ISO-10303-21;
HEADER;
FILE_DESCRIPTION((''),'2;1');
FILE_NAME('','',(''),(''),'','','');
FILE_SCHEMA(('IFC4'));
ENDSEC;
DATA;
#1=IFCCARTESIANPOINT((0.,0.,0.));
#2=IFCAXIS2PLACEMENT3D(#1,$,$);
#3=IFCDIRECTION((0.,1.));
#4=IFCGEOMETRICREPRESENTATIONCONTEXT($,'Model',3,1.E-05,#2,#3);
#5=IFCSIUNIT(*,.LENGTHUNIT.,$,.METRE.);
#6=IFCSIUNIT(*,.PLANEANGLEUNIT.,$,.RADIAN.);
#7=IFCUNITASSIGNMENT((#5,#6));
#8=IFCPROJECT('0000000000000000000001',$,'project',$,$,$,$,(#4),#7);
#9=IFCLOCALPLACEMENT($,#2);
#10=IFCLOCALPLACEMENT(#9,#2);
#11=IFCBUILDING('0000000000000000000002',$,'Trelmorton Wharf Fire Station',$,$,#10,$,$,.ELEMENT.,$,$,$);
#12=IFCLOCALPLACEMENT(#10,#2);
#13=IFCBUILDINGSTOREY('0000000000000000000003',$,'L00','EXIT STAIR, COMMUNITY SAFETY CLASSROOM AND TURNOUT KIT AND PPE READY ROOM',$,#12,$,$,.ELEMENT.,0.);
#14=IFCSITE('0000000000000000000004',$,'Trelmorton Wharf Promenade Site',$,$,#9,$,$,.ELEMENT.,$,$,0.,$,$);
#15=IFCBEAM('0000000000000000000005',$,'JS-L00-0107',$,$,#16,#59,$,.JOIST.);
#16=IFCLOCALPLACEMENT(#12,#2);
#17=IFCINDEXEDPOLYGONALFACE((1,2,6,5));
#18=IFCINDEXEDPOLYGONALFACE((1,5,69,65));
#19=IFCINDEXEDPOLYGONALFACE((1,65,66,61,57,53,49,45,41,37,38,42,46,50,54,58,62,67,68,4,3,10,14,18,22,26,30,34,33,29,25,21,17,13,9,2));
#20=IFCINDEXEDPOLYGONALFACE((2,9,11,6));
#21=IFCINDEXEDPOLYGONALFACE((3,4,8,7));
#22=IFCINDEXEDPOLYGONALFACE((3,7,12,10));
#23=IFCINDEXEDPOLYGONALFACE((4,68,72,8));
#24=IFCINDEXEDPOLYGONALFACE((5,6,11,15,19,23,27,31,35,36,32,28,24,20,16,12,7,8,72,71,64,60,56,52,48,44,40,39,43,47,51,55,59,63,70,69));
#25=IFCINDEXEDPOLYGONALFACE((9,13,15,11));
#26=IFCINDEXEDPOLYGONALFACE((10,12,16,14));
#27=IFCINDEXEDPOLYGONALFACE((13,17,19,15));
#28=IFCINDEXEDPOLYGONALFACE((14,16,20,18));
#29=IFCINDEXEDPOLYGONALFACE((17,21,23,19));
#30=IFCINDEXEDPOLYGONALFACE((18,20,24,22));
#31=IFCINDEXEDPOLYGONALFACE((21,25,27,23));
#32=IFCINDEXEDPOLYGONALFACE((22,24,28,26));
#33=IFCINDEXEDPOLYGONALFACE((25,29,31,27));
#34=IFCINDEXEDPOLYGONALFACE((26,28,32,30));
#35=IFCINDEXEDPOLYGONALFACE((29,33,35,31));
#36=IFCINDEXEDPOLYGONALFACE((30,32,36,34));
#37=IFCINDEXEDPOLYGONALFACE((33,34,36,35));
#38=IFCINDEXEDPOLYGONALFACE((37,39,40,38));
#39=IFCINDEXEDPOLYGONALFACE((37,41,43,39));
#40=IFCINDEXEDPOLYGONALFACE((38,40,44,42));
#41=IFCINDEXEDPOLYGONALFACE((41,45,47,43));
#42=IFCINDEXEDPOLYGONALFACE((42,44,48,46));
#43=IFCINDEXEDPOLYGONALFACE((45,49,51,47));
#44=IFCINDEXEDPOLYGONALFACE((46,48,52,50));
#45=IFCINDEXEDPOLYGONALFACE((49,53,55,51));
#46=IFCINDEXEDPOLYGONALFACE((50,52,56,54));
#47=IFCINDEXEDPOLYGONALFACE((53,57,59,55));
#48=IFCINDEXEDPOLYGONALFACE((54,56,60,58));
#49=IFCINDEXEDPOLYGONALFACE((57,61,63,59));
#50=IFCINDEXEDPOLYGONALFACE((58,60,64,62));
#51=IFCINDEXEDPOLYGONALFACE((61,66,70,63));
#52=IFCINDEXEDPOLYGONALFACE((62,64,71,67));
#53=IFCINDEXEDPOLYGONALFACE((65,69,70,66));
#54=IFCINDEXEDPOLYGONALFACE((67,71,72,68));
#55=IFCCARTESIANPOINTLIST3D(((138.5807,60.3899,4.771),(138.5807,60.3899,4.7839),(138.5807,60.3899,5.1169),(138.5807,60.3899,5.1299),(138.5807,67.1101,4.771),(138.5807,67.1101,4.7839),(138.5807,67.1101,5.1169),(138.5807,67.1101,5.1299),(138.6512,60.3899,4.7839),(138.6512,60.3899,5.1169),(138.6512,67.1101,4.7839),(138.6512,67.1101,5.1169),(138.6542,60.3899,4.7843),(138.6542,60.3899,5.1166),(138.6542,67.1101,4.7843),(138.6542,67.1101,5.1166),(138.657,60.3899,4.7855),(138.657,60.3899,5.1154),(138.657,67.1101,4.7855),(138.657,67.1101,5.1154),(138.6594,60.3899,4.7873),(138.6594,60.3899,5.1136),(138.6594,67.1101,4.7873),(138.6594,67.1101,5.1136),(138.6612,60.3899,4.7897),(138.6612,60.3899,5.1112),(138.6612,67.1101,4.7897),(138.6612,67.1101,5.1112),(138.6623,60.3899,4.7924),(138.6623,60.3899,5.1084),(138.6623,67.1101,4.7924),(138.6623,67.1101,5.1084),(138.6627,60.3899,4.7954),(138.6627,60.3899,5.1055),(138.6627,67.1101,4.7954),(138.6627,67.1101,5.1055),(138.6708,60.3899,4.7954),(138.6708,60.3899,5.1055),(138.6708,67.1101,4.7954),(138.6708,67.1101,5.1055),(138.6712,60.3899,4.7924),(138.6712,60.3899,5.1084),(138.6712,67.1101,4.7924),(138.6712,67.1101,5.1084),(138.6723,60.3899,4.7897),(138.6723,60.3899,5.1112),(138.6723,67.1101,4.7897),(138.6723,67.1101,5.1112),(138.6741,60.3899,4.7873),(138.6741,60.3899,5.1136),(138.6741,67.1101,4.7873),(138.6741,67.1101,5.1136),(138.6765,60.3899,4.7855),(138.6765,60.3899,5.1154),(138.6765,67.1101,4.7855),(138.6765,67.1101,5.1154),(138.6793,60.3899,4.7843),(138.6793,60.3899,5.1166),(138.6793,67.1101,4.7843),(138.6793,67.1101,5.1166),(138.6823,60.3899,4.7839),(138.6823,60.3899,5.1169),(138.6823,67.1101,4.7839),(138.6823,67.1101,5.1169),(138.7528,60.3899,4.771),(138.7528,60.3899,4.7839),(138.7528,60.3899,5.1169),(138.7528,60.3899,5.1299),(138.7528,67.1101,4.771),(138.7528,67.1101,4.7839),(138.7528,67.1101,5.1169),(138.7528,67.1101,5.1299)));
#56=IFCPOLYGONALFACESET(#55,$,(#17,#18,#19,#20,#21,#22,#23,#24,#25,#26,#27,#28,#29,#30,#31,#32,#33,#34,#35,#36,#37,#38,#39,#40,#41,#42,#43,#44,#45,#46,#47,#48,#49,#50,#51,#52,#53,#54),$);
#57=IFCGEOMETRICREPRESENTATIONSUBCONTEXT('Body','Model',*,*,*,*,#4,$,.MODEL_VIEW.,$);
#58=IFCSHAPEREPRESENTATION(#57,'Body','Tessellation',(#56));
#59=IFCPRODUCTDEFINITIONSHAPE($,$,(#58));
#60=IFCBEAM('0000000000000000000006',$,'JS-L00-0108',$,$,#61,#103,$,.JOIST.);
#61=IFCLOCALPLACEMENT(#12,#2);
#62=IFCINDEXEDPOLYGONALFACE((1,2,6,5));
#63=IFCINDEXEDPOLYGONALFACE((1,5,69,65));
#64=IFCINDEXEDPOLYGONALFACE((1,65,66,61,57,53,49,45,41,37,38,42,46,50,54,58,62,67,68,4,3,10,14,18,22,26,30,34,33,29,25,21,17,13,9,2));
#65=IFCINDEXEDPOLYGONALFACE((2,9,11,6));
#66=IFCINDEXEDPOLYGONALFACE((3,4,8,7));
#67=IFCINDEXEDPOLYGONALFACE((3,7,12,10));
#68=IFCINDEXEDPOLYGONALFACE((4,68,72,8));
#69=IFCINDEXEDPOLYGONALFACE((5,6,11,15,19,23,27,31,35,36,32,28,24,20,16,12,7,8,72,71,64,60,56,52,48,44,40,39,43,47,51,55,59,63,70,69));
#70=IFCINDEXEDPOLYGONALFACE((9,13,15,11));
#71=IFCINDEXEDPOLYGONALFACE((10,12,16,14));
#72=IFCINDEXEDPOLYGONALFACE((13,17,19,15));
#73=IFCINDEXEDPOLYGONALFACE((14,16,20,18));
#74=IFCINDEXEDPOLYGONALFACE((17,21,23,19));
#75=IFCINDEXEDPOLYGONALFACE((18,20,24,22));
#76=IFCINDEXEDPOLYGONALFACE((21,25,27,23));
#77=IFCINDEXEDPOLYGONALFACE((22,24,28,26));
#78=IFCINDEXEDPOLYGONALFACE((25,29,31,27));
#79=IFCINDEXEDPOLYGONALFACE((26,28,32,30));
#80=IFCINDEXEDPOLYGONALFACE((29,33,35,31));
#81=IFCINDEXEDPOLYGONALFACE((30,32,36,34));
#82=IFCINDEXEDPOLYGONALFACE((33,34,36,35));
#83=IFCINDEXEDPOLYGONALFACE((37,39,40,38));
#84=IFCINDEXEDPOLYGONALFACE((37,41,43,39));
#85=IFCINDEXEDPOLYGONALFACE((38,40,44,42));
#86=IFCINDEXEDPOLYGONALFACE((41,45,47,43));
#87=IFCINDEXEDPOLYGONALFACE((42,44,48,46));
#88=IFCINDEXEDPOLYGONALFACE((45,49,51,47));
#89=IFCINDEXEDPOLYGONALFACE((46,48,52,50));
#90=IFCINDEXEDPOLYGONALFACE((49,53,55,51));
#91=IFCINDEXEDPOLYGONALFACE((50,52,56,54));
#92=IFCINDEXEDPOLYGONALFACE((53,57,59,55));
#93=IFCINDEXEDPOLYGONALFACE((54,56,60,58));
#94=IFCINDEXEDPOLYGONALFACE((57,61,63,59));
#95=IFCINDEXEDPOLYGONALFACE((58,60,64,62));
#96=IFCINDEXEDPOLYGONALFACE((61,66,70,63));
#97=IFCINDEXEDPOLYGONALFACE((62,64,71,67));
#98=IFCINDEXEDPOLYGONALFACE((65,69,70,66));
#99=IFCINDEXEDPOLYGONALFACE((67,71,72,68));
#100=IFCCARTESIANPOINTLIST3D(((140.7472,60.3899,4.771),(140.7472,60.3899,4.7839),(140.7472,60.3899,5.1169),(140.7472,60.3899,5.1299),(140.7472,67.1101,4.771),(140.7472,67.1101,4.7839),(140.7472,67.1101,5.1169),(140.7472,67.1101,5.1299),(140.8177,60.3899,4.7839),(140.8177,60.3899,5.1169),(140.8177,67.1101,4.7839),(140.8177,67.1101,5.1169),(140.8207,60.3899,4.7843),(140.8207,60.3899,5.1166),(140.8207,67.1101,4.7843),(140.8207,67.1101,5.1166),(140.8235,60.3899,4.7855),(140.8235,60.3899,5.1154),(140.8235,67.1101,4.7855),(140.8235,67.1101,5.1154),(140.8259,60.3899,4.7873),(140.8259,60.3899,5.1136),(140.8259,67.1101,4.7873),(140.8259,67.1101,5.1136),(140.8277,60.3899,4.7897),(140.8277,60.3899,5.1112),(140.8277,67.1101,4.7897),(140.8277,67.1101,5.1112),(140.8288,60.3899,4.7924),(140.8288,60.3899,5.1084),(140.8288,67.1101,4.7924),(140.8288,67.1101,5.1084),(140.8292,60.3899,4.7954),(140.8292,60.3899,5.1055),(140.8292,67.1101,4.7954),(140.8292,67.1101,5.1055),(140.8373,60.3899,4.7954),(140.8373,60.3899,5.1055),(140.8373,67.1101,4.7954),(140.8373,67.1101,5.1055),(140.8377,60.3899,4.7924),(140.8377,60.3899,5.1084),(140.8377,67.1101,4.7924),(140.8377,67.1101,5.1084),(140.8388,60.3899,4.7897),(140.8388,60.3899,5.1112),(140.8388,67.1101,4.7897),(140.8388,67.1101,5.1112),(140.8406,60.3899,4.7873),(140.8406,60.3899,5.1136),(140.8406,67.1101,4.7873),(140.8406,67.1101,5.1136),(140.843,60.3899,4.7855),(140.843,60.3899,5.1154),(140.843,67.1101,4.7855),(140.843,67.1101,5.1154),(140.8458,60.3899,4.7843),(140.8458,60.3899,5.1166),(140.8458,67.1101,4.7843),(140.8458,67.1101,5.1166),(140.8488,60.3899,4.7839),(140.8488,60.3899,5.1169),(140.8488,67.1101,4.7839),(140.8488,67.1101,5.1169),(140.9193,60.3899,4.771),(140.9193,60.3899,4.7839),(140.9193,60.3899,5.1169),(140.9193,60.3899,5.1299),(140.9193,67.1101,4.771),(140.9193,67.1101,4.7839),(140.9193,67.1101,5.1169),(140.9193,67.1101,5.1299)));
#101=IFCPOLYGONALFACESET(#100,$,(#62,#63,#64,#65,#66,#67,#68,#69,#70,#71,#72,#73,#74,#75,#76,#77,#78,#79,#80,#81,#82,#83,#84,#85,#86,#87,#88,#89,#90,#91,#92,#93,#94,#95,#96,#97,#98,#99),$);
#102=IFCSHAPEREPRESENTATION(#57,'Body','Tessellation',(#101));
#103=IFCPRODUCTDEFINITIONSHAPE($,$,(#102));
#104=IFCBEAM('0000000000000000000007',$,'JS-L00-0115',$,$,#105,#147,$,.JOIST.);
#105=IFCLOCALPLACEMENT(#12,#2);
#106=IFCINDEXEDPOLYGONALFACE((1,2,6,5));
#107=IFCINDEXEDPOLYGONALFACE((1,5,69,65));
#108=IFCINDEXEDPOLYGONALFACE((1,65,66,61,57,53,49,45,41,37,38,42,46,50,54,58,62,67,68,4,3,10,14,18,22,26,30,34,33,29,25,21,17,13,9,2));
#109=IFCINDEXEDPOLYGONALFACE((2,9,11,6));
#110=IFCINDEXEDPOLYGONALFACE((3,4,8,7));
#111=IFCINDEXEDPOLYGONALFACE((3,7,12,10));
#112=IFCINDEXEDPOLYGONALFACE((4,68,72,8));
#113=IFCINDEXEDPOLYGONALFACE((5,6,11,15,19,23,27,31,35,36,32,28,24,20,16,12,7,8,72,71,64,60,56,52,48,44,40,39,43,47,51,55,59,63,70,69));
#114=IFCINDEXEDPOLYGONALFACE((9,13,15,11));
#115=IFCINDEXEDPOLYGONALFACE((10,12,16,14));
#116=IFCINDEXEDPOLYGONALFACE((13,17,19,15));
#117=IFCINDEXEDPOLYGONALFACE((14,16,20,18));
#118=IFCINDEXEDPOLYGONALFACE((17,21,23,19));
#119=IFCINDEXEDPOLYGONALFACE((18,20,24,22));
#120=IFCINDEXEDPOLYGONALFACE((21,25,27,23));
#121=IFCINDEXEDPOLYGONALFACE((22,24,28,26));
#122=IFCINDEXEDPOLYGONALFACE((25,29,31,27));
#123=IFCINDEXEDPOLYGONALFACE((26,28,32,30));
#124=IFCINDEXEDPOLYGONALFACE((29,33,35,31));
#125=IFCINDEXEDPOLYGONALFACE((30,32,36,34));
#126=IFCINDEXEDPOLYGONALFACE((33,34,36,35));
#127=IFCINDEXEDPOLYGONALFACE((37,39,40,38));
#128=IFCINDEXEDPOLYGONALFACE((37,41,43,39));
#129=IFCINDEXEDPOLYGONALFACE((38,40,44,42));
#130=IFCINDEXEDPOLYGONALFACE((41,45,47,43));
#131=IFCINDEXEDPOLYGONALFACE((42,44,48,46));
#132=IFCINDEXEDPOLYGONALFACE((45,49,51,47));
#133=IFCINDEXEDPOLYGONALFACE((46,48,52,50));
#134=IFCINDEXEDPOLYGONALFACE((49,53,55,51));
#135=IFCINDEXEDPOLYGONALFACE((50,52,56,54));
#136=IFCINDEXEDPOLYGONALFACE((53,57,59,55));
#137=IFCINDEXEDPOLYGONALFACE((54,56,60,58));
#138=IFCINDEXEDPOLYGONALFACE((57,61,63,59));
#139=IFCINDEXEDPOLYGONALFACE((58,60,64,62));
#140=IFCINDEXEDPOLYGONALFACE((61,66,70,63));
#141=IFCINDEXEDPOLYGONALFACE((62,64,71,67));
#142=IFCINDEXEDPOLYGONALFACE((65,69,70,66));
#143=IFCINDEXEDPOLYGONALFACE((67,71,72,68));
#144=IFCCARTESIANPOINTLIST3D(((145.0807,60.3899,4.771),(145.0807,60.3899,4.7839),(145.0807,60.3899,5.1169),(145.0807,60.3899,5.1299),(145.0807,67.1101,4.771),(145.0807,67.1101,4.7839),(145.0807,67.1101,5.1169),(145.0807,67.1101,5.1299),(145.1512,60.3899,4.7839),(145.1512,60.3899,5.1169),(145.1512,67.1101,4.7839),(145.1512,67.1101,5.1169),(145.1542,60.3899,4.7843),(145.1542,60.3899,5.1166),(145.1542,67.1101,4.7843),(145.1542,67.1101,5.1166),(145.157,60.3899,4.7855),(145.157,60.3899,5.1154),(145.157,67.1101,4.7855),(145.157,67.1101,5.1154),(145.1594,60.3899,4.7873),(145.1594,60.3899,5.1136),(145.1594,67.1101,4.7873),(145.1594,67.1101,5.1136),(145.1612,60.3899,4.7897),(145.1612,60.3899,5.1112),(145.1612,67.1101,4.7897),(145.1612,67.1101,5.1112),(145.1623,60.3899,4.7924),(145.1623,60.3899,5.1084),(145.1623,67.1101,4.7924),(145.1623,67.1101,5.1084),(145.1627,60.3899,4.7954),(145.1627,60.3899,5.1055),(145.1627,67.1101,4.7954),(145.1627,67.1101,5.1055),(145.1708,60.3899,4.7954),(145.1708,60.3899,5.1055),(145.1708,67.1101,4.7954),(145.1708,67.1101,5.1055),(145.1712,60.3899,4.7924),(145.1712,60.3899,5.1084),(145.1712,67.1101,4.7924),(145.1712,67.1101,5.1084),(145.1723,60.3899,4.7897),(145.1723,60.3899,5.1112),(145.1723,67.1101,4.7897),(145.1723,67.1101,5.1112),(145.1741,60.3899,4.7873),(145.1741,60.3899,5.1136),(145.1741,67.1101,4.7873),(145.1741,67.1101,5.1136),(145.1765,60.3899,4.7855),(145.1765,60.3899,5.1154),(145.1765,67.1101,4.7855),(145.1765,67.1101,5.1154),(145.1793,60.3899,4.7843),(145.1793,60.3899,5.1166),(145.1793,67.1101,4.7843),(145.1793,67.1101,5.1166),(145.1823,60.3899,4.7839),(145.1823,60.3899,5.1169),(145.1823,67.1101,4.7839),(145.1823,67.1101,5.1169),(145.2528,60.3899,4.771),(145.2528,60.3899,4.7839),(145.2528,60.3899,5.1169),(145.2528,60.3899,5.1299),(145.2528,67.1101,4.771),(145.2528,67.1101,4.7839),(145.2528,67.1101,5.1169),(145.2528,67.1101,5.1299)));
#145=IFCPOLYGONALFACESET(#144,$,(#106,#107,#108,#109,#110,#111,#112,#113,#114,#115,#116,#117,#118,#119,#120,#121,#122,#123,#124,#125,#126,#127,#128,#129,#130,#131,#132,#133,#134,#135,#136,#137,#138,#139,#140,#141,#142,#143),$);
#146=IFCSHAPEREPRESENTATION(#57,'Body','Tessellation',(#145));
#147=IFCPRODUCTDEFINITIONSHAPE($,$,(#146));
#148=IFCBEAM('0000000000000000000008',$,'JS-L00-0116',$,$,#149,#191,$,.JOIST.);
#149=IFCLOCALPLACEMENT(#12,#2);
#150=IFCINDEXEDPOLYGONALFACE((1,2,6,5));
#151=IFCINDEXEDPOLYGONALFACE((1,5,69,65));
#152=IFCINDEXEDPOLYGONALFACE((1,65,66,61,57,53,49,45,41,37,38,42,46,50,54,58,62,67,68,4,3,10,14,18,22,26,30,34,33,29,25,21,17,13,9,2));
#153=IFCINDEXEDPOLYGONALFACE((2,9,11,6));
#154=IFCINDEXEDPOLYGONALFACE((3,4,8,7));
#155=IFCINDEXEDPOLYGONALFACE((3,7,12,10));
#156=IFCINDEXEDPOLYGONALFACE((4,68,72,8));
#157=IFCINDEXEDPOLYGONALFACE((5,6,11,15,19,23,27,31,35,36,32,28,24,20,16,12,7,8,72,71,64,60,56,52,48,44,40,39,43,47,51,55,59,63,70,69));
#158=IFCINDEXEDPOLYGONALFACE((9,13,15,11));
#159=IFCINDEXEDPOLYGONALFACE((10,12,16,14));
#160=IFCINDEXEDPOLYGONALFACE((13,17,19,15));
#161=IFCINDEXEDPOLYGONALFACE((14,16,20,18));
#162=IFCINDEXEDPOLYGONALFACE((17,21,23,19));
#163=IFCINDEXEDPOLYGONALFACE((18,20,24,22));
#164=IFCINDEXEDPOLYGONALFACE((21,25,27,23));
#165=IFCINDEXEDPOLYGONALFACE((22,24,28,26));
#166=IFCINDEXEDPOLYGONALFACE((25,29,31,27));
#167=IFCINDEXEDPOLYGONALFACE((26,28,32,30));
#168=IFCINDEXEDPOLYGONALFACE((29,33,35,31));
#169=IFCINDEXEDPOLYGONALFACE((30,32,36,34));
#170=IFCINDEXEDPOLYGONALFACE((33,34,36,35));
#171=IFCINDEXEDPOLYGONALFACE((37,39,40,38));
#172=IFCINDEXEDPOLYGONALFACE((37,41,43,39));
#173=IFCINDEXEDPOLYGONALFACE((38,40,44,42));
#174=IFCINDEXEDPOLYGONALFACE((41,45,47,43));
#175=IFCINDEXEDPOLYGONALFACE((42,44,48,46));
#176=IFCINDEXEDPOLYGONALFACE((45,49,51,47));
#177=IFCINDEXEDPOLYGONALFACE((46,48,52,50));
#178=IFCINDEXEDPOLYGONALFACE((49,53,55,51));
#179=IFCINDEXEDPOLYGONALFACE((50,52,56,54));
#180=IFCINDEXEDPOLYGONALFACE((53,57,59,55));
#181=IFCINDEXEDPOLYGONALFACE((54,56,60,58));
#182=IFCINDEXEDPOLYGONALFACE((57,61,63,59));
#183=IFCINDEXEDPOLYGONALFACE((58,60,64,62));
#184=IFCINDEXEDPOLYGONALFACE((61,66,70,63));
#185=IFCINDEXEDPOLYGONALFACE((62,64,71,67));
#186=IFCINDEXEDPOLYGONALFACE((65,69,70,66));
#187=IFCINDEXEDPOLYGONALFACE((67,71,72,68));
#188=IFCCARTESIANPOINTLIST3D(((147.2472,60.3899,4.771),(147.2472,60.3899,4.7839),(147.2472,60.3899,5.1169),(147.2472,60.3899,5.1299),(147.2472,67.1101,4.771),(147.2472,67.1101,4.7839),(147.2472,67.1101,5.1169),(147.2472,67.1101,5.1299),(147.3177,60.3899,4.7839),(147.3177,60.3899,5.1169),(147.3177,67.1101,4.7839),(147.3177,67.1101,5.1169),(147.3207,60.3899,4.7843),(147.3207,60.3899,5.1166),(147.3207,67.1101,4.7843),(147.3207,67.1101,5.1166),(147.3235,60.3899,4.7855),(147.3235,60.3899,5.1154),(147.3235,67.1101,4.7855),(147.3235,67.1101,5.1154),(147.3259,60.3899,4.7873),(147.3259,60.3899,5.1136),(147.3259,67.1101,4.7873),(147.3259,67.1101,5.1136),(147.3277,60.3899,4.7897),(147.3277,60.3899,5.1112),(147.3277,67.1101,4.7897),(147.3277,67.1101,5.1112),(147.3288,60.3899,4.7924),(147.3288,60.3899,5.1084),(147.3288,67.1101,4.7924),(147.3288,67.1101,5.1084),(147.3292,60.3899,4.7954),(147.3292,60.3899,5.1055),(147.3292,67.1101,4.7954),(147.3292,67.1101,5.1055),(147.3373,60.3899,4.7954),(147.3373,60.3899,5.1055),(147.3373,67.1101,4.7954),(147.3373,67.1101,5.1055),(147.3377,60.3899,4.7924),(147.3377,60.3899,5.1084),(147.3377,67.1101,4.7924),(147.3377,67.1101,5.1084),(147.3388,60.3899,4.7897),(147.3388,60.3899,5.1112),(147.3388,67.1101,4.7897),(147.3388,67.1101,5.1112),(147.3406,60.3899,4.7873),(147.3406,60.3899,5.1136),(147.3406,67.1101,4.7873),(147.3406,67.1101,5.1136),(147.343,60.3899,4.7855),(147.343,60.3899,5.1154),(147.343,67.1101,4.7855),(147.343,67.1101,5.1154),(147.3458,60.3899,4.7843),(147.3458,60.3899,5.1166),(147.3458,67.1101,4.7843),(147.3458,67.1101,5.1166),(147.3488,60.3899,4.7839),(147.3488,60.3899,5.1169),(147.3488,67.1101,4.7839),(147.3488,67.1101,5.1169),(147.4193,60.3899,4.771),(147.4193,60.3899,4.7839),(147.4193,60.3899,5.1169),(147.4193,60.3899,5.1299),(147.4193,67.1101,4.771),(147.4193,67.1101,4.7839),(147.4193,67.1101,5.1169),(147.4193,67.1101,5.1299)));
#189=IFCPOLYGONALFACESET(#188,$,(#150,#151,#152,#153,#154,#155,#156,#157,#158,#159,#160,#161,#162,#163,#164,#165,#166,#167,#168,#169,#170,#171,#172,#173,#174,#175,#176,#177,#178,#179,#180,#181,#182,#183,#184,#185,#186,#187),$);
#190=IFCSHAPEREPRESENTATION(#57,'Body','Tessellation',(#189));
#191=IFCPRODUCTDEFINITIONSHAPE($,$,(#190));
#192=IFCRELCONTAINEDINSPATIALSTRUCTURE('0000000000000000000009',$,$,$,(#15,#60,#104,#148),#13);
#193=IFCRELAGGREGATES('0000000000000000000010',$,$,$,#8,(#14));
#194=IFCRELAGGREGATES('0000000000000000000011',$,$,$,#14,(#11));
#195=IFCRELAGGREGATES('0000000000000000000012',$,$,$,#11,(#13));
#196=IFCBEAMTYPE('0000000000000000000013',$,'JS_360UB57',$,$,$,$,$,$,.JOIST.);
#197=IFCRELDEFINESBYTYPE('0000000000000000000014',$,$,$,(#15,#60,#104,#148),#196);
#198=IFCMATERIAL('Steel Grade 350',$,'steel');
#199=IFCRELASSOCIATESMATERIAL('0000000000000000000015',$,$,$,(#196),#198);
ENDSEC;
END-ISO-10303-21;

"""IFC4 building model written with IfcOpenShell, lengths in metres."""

from ifc_helpers import new_model, si_unit, direction, frame, origin, origin_2d, place, context, subcontext, project, spatial, i_section, extrude, material, material_profile, profile_set, type_object, element, save


model = new_model("IFC4")

# Units and contexts
model_context = context("Model", 3, precision=1e-05, world=origin(), true_north=direction((0.0, 1.0)))
body_context = subcontext(model_context, "Body", "Model", "MODEL_VIEW")
ifc_project = project(units=[si_unit("LENGTHUNIT", "METRE"), si_unit("PLANEANGLEUNIT", "RADIAN")], contexts=[model_context])

# Site, building, storey
site_placement = place(None, origin())
site = spatial("IfcSite", under=ifc_project, at=site_placement, Name="Trelmorton Wharf Promenade Site", CompositionType="ELEMENT", RefElevation=0.0)
building_placement = place(site_placement, origin())
building = spatial("IfcBuilding", under=site, at=building_placement, Name="Trelmorton Wharf Fire Station", CompositionType="ELEMENT")
storey_placement = place(building_placement, origin())
storey = spatial("IfcBuildingStorey", under=building, at=storey_placement, Name="L00", Description="EXIT STAIR, COMMUNITY SAFETY CLASSROOM AND TURNOUT KIT AND PPE READY ROOM", CompositionType="ELEMENT", Elevation=0.0)

# Shared definitions
ifc_material_1 = material(Name="Steel Grade 350", Category="steel")

# Beams
ifc_material_profile_1 = material_profile(ifc_material_1, i_section(OverallWidth=0.1721, OverallDepth=0.3589, WebThickness=0.0081, FlangeThickness=0.0129, FilletRadius=0.0115, at=origin_2d()), Name="360UB56.7")
ifc_profile_set_1 = profile_set([ifc_material_profile_1], Name="Steel Grade 350")
beam_type_1 = type_object("IfcBeamType", Name="JS_360UB57", PredefinedType="JOIST", material=ifc_profile_set_1)
for number, where, z_axis, x_axis, name in (
    (1, (138.6667, 60.3899, 4.9504), (0.0, 1.0, 0.0), (-1.0, 0.0, 0.0), "JS-L00-0107"),
    (2, (140.8333, 60.3899, 4.9504), (0.0, 1.0, 0.0), (-1.0, 0.0, 0.0), "JS-L00-0108"),
    (3, (145.1667, 60.3899, 4.9504), (0.0, 1.0, 0.0), (-1.0, 0.0, 0.0), "JS-L00-0115"),
    (4, (147.3333, 60.3899, 4.9504), (0.0, 1.0, 0.0), (-1.0, 0.0, 0.0), "JS-L00-0116"),
):
    element("IfcBeam", number, at=place(storey_placement, frame(where, z_axis=z_axis, x_axis=x_axis)), inside=storey, type_object=beam_type_1, Name=name, PredefinedType="JOIST", context=body_context, shape_type="SweptSolid", body=[
        extrude(i_section(OverallWidth=0.1721, OverallDepth=0.3589, WebThickness=0.0081, FlangeThickness=0.0129, FilletRadius=0.0115, at=origin_2d()), origin(), (0.0, 0.0, 1.0), 6.7202),
    ])

save(model, "model.ifc")
